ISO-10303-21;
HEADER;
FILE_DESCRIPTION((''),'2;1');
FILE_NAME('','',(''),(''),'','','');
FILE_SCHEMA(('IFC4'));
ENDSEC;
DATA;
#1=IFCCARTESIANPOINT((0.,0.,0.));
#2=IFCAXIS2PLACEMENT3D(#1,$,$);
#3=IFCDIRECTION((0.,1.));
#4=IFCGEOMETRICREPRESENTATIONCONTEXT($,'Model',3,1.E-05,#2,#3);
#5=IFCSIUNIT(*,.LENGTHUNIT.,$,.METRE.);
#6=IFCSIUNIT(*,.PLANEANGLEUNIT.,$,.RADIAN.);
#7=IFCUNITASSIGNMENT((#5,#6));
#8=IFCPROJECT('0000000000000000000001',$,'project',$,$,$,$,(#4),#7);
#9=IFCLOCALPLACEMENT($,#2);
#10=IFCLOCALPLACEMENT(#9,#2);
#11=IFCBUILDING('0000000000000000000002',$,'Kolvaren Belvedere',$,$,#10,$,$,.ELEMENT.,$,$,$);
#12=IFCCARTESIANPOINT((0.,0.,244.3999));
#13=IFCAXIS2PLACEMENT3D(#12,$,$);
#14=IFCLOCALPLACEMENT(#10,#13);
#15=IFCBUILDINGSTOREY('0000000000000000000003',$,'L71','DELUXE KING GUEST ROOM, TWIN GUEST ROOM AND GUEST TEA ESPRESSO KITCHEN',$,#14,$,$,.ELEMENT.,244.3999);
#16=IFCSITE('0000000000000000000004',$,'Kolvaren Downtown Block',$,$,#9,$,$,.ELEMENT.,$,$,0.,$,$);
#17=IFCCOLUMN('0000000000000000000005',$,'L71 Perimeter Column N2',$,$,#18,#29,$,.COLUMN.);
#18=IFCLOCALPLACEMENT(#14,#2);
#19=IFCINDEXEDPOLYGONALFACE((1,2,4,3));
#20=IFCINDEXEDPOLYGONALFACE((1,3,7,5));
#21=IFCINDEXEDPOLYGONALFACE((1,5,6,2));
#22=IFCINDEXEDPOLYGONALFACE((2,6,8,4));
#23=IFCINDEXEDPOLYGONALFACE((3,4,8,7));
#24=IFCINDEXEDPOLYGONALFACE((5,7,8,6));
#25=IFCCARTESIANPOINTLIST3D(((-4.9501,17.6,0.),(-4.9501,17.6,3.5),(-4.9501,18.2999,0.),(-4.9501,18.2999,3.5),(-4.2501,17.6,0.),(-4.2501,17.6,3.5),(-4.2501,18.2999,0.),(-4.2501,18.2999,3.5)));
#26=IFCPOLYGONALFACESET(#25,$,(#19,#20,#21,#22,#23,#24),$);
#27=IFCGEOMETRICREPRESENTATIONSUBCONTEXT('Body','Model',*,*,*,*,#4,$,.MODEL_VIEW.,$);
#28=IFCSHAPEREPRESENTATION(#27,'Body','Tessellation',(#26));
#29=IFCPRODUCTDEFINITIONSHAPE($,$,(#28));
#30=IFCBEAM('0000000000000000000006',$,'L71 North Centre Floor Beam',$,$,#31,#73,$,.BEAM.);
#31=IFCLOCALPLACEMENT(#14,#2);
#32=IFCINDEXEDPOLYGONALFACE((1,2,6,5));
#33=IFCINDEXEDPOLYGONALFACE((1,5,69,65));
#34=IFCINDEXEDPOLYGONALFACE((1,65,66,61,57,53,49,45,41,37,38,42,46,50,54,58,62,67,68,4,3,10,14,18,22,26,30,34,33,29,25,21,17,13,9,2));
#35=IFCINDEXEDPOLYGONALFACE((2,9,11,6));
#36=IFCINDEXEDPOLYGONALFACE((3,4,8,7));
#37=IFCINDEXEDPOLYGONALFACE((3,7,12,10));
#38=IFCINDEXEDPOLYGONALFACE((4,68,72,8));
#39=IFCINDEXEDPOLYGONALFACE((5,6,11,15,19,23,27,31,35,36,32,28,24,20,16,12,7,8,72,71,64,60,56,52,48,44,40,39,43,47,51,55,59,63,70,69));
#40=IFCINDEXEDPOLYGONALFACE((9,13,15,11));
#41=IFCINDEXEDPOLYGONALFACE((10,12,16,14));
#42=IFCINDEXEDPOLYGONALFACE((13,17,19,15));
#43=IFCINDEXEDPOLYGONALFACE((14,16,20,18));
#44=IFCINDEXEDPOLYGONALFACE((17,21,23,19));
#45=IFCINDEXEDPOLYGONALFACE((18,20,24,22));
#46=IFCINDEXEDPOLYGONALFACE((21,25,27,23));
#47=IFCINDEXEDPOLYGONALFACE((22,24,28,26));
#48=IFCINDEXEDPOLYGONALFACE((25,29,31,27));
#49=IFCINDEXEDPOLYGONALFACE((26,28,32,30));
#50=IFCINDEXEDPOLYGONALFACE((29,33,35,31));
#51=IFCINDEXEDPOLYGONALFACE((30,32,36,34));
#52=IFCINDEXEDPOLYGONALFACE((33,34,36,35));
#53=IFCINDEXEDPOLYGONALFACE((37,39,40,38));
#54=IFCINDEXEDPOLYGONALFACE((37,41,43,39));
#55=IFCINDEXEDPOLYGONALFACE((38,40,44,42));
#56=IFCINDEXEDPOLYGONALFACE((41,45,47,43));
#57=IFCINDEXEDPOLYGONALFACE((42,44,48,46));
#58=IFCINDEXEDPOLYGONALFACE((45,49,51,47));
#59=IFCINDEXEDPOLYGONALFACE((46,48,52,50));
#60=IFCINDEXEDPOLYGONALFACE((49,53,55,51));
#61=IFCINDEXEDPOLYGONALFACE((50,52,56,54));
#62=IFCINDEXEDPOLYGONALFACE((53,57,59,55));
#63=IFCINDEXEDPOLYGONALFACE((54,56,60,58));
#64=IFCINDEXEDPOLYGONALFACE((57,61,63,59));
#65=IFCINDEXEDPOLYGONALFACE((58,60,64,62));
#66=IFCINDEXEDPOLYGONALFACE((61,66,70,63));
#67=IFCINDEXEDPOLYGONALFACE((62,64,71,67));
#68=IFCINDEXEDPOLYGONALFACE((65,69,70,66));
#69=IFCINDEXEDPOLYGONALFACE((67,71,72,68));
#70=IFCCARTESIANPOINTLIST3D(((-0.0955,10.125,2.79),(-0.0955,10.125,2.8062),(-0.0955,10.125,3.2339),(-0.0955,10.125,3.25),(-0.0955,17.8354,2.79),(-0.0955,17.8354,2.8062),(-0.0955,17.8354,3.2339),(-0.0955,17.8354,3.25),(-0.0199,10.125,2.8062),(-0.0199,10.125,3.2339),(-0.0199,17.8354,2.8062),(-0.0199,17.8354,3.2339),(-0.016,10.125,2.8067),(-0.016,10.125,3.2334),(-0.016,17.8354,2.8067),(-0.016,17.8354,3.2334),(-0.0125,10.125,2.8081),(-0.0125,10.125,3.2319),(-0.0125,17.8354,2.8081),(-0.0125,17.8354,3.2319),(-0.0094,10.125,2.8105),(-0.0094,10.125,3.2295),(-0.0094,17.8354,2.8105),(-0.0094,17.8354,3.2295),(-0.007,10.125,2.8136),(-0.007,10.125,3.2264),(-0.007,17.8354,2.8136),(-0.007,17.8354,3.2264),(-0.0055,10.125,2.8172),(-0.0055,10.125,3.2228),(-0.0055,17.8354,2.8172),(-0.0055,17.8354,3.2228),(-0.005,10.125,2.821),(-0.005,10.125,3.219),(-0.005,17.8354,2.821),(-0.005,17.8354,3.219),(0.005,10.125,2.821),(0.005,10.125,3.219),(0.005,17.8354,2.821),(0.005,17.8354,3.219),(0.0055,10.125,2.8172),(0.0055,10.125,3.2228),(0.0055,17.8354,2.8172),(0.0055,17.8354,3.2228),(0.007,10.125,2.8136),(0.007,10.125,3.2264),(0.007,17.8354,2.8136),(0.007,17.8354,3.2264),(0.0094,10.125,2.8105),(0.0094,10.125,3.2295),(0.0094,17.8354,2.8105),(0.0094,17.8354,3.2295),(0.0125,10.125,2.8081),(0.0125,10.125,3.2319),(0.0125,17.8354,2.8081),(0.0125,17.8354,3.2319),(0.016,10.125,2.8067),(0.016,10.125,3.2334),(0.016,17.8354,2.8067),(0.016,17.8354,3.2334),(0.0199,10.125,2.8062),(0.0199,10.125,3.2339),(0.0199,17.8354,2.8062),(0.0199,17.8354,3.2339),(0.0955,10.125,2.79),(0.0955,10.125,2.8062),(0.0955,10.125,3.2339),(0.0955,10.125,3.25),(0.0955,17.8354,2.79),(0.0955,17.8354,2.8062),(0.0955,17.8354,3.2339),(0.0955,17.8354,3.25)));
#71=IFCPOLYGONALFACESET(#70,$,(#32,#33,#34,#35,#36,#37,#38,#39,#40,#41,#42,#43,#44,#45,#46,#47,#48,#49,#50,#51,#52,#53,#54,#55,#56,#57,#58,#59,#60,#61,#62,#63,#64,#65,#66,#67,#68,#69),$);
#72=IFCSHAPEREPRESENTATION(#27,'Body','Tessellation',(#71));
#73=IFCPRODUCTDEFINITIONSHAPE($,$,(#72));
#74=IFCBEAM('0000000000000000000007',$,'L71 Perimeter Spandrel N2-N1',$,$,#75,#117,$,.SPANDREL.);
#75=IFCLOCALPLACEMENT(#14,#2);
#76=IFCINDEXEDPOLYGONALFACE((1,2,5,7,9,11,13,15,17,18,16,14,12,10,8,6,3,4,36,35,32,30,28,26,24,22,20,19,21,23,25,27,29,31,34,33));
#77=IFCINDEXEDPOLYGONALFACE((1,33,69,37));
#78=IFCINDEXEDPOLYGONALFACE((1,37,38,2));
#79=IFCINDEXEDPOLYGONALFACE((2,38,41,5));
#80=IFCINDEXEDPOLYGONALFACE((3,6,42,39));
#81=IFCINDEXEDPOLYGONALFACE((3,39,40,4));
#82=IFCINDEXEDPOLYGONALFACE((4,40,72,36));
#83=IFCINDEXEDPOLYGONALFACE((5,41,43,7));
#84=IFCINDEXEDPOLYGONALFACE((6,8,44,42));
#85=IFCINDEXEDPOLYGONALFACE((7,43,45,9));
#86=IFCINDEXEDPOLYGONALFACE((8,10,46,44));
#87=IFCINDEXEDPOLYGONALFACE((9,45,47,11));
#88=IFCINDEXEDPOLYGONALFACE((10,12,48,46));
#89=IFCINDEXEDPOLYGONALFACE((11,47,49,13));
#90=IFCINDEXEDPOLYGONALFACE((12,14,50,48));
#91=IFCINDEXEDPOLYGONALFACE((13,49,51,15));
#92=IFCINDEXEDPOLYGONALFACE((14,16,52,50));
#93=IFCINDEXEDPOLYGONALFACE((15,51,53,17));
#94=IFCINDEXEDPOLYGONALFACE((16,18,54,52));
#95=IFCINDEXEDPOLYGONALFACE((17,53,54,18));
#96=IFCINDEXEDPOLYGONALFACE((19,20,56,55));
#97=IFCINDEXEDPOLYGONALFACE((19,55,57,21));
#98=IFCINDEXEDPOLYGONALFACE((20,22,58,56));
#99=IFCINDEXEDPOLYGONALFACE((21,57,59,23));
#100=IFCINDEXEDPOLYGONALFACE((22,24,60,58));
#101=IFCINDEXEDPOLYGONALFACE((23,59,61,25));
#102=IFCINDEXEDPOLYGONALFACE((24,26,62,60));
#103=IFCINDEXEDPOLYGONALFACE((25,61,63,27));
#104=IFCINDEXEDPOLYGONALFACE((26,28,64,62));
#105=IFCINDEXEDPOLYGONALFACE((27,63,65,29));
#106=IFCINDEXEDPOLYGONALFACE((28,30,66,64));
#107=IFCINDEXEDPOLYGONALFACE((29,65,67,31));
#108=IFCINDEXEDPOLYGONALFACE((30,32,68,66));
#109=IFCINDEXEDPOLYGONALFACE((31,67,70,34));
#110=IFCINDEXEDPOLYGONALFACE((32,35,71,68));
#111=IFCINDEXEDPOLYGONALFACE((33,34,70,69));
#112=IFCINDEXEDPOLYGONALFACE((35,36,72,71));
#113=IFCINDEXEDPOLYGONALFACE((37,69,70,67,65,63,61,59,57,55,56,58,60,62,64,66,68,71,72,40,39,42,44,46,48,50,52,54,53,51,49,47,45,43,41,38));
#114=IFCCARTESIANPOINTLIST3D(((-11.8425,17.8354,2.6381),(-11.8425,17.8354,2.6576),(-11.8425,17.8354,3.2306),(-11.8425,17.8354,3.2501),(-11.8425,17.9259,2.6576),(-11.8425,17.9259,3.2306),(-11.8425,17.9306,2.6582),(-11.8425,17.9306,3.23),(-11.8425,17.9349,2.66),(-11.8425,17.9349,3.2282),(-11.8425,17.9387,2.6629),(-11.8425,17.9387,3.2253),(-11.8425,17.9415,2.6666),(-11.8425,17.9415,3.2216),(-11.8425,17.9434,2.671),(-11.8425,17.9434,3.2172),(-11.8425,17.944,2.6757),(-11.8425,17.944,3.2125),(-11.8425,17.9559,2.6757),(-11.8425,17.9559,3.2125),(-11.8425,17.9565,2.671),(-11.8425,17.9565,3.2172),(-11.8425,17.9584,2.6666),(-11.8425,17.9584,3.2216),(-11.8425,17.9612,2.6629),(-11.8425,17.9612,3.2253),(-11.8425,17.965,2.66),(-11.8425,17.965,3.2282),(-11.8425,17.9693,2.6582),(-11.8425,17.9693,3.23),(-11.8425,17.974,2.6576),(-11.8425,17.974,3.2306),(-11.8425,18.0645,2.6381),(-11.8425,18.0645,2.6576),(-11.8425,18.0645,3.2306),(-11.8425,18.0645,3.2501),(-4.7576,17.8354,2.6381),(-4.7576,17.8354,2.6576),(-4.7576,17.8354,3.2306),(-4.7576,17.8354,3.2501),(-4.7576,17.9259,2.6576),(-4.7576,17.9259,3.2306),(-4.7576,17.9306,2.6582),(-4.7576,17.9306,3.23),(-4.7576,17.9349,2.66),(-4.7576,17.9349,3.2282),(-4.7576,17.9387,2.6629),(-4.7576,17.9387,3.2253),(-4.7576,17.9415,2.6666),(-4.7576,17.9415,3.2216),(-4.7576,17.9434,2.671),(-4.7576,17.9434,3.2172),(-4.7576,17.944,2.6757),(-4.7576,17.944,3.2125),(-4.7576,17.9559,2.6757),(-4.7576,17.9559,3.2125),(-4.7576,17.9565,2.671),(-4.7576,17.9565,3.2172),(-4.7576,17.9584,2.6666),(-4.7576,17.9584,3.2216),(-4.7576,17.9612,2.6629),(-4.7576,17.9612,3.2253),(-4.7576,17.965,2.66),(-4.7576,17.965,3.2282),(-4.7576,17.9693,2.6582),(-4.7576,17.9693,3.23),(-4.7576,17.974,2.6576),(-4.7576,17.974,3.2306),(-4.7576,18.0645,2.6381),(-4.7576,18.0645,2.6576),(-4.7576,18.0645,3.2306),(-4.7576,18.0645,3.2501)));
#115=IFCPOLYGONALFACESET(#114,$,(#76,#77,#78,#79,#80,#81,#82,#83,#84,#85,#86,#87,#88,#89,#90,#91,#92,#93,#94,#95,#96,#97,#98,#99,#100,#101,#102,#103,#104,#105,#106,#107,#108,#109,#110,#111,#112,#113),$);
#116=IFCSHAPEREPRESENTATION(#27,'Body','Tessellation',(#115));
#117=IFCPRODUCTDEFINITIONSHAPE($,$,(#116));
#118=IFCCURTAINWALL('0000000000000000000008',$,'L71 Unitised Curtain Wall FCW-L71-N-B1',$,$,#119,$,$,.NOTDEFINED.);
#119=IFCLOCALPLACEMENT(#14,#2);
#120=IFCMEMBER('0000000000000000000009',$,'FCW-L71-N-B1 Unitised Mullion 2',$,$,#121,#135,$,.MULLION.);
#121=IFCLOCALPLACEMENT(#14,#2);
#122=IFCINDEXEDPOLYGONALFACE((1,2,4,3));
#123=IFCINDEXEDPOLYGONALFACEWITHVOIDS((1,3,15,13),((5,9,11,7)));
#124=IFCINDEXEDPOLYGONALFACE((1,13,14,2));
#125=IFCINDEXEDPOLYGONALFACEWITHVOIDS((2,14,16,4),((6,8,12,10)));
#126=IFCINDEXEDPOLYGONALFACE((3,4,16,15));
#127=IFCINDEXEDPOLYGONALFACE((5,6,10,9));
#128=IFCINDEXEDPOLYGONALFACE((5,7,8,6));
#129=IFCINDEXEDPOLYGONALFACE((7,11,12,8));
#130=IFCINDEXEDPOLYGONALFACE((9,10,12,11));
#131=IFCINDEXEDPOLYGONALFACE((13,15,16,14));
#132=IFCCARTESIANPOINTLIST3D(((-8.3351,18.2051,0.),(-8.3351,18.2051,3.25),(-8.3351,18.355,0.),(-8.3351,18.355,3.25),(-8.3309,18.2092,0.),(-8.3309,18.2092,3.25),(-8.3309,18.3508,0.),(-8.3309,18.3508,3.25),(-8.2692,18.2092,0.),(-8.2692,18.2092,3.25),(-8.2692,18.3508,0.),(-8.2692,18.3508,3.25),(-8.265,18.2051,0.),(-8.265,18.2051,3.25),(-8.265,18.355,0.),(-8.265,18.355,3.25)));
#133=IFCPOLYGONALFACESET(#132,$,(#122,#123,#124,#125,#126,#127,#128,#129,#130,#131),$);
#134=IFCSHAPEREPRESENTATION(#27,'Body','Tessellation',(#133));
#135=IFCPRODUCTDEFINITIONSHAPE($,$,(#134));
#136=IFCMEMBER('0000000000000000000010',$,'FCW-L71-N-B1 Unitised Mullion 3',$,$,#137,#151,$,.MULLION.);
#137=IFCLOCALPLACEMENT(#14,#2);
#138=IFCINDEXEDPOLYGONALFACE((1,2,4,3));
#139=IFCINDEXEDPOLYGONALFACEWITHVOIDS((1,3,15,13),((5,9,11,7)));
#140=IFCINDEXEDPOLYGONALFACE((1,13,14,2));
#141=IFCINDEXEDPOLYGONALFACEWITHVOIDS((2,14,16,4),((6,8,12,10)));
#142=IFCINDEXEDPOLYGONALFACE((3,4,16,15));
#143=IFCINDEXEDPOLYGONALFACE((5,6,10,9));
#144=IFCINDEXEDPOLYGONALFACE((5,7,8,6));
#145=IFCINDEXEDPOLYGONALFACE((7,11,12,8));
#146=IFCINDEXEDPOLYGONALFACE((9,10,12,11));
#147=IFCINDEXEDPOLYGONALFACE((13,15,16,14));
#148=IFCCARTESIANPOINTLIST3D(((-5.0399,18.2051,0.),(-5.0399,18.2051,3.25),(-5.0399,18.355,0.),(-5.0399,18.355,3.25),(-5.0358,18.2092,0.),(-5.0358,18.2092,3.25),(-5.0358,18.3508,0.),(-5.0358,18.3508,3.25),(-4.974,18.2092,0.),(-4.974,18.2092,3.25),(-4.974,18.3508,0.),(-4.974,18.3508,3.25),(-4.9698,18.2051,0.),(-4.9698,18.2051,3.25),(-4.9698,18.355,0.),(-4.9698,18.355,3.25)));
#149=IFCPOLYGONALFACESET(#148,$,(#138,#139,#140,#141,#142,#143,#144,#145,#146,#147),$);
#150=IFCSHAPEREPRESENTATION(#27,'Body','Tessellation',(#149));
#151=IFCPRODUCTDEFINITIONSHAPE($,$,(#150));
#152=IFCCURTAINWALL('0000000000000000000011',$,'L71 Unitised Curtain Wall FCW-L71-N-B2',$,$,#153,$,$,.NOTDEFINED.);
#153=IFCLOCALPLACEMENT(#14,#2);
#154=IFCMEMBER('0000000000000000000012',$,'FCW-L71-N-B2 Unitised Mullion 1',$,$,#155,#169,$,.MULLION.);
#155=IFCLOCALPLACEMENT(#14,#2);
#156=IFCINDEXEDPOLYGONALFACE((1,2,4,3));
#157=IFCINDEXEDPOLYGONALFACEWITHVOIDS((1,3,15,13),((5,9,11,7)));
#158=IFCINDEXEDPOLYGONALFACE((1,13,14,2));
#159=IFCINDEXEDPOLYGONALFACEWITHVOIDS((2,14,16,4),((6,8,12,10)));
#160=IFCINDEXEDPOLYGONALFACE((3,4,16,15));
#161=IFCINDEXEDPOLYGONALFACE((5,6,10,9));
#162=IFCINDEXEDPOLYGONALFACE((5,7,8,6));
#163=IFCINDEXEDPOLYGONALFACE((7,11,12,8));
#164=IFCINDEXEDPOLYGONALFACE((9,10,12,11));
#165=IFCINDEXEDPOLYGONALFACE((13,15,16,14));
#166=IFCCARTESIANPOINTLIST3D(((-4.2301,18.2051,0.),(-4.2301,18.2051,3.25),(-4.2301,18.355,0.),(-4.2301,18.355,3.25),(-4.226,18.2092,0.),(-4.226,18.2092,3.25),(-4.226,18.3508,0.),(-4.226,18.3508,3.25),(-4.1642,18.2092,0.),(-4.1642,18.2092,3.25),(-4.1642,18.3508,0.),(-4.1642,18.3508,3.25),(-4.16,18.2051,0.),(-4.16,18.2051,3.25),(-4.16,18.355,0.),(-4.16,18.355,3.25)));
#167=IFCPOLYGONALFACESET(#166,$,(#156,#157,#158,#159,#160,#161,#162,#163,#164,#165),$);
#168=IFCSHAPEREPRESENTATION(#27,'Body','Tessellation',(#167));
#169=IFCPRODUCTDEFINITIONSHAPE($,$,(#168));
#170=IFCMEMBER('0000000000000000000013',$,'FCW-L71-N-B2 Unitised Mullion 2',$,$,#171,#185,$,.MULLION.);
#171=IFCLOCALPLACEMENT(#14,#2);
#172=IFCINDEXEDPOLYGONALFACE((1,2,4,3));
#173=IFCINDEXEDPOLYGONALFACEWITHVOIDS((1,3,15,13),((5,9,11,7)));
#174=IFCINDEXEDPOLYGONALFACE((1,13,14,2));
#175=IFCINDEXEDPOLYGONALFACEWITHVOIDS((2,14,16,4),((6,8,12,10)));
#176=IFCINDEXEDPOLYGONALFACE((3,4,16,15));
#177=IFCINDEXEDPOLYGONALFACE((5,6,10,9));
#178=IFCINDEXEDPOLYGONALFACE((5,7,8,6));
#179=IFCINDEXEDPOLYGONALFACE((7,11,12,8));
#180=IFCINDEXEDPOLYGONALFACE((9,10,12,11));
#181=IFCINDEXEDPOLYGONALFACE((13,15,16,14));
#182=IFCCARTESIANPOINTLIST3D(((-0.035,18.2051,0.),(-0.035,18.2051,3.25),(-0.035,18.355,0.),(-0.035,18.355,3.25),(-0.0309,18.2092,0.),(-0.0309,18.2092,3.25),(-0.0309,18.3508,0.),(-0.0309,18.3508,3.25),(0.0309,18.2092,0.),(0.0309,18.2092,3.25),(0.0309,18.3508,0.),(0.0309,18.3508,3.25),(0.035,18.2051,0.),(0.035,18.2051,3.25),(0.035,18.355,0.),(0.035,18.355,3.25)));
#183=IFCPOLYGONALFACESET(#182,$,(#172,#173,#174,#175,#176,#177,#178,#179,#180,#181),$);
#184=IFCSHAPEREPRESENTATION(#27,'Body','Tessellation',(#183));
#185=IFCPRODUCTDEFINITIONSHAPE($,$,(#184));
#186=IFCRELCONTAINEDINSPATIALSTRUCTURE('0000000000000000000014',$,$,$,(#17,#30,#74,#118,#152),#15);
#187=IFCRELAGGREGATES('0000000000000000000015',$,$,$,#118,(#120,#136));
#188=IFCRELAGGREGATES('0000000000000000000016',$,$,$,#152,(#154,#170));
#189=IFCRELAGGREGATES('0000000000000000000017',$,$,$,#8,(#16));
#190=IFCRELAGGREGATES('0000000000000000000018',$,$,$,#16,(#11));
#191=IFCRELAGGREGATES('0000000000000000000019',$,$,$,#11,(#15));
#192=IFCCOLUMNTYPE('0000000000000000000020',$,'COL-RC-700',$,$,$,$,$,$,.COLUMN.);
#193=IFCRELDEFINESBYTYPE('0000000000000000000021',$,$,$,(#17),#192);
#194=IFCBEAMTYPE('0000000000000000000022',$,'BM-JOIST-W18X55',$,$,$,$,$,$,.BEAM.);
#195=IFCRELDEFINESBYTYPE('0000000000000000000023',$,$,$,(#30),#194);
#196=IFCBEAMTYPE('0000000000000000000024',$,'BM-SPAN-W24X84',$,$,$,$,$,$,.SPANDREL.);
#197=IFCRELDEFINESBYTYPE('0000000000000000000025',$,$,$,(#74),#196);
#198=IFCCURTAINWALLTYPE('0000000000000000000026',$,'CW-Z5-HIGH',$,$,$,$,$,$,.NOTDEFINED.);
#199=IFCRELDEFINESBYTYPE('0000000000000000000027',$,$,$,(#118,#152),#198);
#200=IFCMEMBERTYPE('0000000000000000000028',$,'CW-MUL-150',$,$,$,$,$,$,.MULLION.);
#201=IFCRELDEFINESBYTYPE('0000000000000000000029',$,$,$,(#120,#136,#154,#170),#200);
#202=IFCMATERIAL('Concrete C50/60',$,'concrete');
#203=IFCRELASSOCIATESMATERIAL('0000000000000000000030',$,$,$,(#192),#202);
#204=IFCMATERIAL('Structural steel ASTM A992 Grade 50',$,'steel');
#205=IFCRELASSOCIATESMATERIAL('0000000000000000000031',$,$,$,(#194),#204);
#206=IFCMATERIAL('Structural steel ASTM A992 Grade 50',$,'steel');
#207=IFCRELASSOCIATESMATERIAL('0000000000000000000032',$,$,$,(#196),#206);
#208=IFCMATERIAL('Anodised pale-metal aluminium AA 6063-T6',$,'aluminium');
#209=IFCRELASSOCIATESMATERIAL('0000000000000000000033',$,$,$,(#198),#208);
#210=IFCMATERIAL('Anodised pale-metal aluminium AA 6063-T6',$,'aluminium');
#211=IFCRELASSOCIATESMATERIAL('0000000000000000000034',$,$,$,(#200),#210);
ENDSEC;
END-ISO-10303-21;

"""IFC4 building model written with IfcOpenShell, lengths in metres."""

from ifc_helpers import new_model, si_unit, direction, frame, origin, origin_2d, place, context, subcontext, project, spatial, rectangle, hollow_rectangle, i_section, extrude, material, material_profile, profile_set, type_object, element, aggregate, save


model = new_model("IFC4")

# Units and contexts
model_context = context("Model", 3, precision=1e-05, world=origin(), true_north=direction((0.0, 1.0)))
body_context = subcontext(model_context, "Body", "Model", "MODEL_VIEW")
ifc_project = project(units=[si_unit("LENGTHUNIT", "METRE"), si_unit("PLANEANGLEUNIT", "RADIAN")], contexts=[model_context])

# Site, building, storey
site_placement = place(None, origin())
site = spatial("IfcSite", under=ifc_project, at=site_placement, Name="Kolvaren Downtown Block", CompositionType="ELEMENT", RefElevation=0.0)
building_placement = place(site_placement, origin())
building = spatial("IfcBuilding", under=site, at=building_placement, Name="Kolvaren Belvedere", CompositionType="ELEMENT")
storey_placement = place(building_placement, frame((0.0, 0.0, 244.3999)))
storey = spatial("IfcBuildingStorey", under=building, at=storey_placement, Name="L71", Description="DELUXE KING GUEST ROOM, TWIN GUEST ROOM AND GUEST TEA ESPRESSO KITCHEN", CompositionType="ELEMENT", Elevation=244.3999)

# Column
ifc_material_1 = material(Name="Concrete C50/60", Category="concrete")
ifc_material_profile_1 = material_profile(ifc_material_1, rectangle(XDim=0.7, YDim=0.7, at=origin_2d()), Name="RC 700X700")
ifc_profile_set_1 = profile_set([ifc_material_profile_1], Name="Concrete C50/60")
column_type = type_object("IfcColumnType", Name="COL-RC-700", PredefinedType="COLUMN", material=ifc_profile_set_1)
column_placement = place(storey_placement, frame((-4.6001, 17.95, 0.0), z_axis=(0.0, 0.0, 1.0), x_axis=(1.0, 0.0, 0.0)))
element("IfcColumn", 1, at=column_placement, inside=storey, type_object=column_type, Name="L71 Perimeter Column N2", PredefinedType="COLUMN", context=body_context, shape_type="SweptSolid", body=[
    extrude(rectangle(XDim=0.7, YDim=0.7, at=origin_2d()), origin(), (0.0, 0.0, 1.0), 3.5),
])

# Beams
ifc_material_2 = material(Name="Structural steel ASTM A992 Grade 50", Category="steel")
ifc_material_profile_2 = material_profile(ifc_material_2, i_section(OverallWidth=0.1909, OverallDepth=0.46, WebThickness=0.01, FlangeThickness=0.0161, FilletRadius=0.0149, at=origin_2d()), Name="W18X55")
ifc_profile_set_2 = profile_set([ifc_material_profile_2], Name="Structural steel ASTM A992 Grade 50")
beam_type_1 = type_object("IfcBeamType", Name="BM-JOIST-W18X55", PredefinedType="BEAM", material=ifc_profile_set_2)
beam_1_placement = place(storey_placement, frame((0.0, 10.125, 3.02), z_axis=(0.0, 1.0, 0.0), x_axis=(-1.0, 0.0, 0.0)))
element("IfcBeam", 2, at=beam_1_placement, inside=storey, type_object=beam_type_1, Name="L71 North Centre Floor Beam", PredefinedType="BEAM", context=body_context, shape_type="SweptSolid", body=[
    extrude(i_section(OverallWidth=0.1909, OverallDepth=0.46, WebThickness=0.01, FlangeThickness=0.0161, FilletRadius=0.0149, at=origin_2d()), origin(), (0.0, 0.0, 1.0), 7.7104),
])
ifc_material_3 = material(Name="Structural steel ASTM A992 Grade 50", Category="steel")
ifc_material_profile_3 = material_profile(ifc_material_3, i_section(OverallWidth=0.229, OverallDepth=0.6121, WebThickness=0.012, FlangeThickness=0.0195, FilletRadius=0.0181, at=origin_2d()), Name="W24X84")
ifc_profile_set_3 = profile_set([ifc_material_profile_3], Name="Structural steel ASTM A992 Grade 50")
beam_type_2 = type_object("IfcBeamType", Name="BM-SPAN-W24X84", PredefinedType="SPANDREL", material=ifc_profile_set_3)
beam_2_placement = place(storey_placement, frame((-4.7576, 17.95, 2.9441), z_axis=(-1.0, 0.0, 0.0), x_axis=(0.0, -1.0, 0.0)))
element("IfcBeam", 3, at=beam_2_placement, inside=storey, type_object=beam_type_2, Name="L71 Perimeter Spandrel N2-N1", PredefinedType="SPANDREL", context=body_context, shape_type="SweptSolid", body=[
    extrude(i_section(OverallWidth=0.229, OverallDepth=0.6121, WebThickness=0.012, FlangeThickness=0.0195, FilletRadius=0.0181, at=origin_2d()), origin(), (0.0, 0.0, 1.0), 7.085),
])

# Curtain walls, members
ifc_material_4 = material(Name="Anodised pale-metal aluminium AA 6063-T6", Category="aluminium")
curtain_wall_type = type_object("IfcCurtainWallType", Name="CW-Z5-HIGH", PredefinedType="NOTDEFINED", material=ifc_material_4)
curtain_wall_1_placement = place(storey_placement, origin())
curtain_wall_1 = element("IfcCurtainWall", 4, at=curtain_wall_1_placement, inside=storey, type_object=curtain_wall_type, Name="L71 Unitised Curtain Wall FCW-L71-N-B1", PredefinedType="NOTDEFINED")
ifc_material_5 = material(Name="Anodised pale-metal aluminium AA 6063-T6", Category="aluminium")
ifc_material_profile_4 = material_profile(ifc_material_5, hollow_rectangle(XDim=0.0701, YDim=0.1499, WallThickness=0.0042, at=origin_2d()), Name="ALU-MUL-150X70")
ifc_profile_set_4 = profile_set([ifc_material_profile_4], Name="Anodised pale-metal aluminium AA 6063-T6")
member_type_1 = type_object("IfcMemberType", Name="CW-MUL-150", PredefinedType="MULLION", material=ifc_profile_set_4)
member_1_placement = place(storey_placement, frame((-8.3, 18.28, 0.0), z_axis=(0.0, 0.0, 1.0), x_axis=(1.0, 0.0, 0.0)))
member_1 = element("IfcMember", 5, at=member_1_placement, type_object=member_type_1, Name="FCW-L71-N-B1 Unitised Mullion 2", PredefinedType="MULLION", context=body_context, shape_type="SweptSolid", body=[
    extrude(hollow_rectangle(XDim=0.0701, YDim=0.1499, WallThickness=0.0042, at=origin_2d()), origin(), (0.0, 0.0, 1.0), 3.25),
])
member_2_placement = place(storey_placement, frame((-5.0049, 18.28, 0.0), z_axis=(0.0, 0.0, 1.0), x_axis=(1.0, 0.0, 0.0)))
member_2 = element("IfcMember", 6, at=member_2_placement, type_object=member_type_1, Name="FCW-L71-N-B1 Unitised Mullion 3", PredefinedType="MULLION", context=body_context, shape_type="SweptSolid", body=[
    extrude(hollow_rectangle(XDim=0.0701, YDim=0.1499, WallThickness=0.0042, at=origin_2d()), origin(), (0.0, 0.0, 1.0), 3.25),
])
curtain_wall_2_placement = place(storey_placement, origin())
curtain_wall_2 = element("IfcCurtainWall", 7, at=curtain_wall_2_placement, inside=storey, type_object=curtain_wall_type, Name="L71 Unitised Curtain Wall FCW-L71-N-B2", PredefinedType="NOTDEFINED")
member_3_placement = place(storey_placement, frame((-4.1951, 18.28, 0.0), z_axis=(0.0, 0.0, 1.0), x_axis=(1.0, 0.0, 0.0)))
member_3 = element("IfcMember", 8, at=member_3_placement, type_object=member_type_1, Name="FCW-L71-N-B2 Unitised Mullion 1", PredefinedType="MULLION", context=body_context, shape_type="SweptSolid", body=[
    extrude(hollow_rectangle(XDim=0.0701, YDim=0.1499, WallThickness=0.0042, at=origin_2d()), origin(), (0.0, 0.0, 1.0), 3.25),
])
member_4_placement = place(storey_placement, frame((0.0, 18.28, 0.0), z_axis=(0.0, 0.0, 1.0), x_axis=(1.0, 0.0, 0.0)))
member_4 = element("IfcMember", 9, at=member_4_placement, type_object=member_type_1, Name="FCW-L71-N-B2 Unitised Mullion 2", PredefinedType="MULLION", context=body_context, shape_type="SweptSolid", body=[
    extrude(hollow_rectangle(XDim=0.0701, YDim=0.1499, WallThickness=0.0042, at=origin_2d()), origin(), (0.0, 0.0, 1.0), 3.25),
])

aggregate(curtain_wall_1, [member_1, member_2])
aggregate(curtain_wall_2, [member_3, member_4])

save(model, "model.ifc")
